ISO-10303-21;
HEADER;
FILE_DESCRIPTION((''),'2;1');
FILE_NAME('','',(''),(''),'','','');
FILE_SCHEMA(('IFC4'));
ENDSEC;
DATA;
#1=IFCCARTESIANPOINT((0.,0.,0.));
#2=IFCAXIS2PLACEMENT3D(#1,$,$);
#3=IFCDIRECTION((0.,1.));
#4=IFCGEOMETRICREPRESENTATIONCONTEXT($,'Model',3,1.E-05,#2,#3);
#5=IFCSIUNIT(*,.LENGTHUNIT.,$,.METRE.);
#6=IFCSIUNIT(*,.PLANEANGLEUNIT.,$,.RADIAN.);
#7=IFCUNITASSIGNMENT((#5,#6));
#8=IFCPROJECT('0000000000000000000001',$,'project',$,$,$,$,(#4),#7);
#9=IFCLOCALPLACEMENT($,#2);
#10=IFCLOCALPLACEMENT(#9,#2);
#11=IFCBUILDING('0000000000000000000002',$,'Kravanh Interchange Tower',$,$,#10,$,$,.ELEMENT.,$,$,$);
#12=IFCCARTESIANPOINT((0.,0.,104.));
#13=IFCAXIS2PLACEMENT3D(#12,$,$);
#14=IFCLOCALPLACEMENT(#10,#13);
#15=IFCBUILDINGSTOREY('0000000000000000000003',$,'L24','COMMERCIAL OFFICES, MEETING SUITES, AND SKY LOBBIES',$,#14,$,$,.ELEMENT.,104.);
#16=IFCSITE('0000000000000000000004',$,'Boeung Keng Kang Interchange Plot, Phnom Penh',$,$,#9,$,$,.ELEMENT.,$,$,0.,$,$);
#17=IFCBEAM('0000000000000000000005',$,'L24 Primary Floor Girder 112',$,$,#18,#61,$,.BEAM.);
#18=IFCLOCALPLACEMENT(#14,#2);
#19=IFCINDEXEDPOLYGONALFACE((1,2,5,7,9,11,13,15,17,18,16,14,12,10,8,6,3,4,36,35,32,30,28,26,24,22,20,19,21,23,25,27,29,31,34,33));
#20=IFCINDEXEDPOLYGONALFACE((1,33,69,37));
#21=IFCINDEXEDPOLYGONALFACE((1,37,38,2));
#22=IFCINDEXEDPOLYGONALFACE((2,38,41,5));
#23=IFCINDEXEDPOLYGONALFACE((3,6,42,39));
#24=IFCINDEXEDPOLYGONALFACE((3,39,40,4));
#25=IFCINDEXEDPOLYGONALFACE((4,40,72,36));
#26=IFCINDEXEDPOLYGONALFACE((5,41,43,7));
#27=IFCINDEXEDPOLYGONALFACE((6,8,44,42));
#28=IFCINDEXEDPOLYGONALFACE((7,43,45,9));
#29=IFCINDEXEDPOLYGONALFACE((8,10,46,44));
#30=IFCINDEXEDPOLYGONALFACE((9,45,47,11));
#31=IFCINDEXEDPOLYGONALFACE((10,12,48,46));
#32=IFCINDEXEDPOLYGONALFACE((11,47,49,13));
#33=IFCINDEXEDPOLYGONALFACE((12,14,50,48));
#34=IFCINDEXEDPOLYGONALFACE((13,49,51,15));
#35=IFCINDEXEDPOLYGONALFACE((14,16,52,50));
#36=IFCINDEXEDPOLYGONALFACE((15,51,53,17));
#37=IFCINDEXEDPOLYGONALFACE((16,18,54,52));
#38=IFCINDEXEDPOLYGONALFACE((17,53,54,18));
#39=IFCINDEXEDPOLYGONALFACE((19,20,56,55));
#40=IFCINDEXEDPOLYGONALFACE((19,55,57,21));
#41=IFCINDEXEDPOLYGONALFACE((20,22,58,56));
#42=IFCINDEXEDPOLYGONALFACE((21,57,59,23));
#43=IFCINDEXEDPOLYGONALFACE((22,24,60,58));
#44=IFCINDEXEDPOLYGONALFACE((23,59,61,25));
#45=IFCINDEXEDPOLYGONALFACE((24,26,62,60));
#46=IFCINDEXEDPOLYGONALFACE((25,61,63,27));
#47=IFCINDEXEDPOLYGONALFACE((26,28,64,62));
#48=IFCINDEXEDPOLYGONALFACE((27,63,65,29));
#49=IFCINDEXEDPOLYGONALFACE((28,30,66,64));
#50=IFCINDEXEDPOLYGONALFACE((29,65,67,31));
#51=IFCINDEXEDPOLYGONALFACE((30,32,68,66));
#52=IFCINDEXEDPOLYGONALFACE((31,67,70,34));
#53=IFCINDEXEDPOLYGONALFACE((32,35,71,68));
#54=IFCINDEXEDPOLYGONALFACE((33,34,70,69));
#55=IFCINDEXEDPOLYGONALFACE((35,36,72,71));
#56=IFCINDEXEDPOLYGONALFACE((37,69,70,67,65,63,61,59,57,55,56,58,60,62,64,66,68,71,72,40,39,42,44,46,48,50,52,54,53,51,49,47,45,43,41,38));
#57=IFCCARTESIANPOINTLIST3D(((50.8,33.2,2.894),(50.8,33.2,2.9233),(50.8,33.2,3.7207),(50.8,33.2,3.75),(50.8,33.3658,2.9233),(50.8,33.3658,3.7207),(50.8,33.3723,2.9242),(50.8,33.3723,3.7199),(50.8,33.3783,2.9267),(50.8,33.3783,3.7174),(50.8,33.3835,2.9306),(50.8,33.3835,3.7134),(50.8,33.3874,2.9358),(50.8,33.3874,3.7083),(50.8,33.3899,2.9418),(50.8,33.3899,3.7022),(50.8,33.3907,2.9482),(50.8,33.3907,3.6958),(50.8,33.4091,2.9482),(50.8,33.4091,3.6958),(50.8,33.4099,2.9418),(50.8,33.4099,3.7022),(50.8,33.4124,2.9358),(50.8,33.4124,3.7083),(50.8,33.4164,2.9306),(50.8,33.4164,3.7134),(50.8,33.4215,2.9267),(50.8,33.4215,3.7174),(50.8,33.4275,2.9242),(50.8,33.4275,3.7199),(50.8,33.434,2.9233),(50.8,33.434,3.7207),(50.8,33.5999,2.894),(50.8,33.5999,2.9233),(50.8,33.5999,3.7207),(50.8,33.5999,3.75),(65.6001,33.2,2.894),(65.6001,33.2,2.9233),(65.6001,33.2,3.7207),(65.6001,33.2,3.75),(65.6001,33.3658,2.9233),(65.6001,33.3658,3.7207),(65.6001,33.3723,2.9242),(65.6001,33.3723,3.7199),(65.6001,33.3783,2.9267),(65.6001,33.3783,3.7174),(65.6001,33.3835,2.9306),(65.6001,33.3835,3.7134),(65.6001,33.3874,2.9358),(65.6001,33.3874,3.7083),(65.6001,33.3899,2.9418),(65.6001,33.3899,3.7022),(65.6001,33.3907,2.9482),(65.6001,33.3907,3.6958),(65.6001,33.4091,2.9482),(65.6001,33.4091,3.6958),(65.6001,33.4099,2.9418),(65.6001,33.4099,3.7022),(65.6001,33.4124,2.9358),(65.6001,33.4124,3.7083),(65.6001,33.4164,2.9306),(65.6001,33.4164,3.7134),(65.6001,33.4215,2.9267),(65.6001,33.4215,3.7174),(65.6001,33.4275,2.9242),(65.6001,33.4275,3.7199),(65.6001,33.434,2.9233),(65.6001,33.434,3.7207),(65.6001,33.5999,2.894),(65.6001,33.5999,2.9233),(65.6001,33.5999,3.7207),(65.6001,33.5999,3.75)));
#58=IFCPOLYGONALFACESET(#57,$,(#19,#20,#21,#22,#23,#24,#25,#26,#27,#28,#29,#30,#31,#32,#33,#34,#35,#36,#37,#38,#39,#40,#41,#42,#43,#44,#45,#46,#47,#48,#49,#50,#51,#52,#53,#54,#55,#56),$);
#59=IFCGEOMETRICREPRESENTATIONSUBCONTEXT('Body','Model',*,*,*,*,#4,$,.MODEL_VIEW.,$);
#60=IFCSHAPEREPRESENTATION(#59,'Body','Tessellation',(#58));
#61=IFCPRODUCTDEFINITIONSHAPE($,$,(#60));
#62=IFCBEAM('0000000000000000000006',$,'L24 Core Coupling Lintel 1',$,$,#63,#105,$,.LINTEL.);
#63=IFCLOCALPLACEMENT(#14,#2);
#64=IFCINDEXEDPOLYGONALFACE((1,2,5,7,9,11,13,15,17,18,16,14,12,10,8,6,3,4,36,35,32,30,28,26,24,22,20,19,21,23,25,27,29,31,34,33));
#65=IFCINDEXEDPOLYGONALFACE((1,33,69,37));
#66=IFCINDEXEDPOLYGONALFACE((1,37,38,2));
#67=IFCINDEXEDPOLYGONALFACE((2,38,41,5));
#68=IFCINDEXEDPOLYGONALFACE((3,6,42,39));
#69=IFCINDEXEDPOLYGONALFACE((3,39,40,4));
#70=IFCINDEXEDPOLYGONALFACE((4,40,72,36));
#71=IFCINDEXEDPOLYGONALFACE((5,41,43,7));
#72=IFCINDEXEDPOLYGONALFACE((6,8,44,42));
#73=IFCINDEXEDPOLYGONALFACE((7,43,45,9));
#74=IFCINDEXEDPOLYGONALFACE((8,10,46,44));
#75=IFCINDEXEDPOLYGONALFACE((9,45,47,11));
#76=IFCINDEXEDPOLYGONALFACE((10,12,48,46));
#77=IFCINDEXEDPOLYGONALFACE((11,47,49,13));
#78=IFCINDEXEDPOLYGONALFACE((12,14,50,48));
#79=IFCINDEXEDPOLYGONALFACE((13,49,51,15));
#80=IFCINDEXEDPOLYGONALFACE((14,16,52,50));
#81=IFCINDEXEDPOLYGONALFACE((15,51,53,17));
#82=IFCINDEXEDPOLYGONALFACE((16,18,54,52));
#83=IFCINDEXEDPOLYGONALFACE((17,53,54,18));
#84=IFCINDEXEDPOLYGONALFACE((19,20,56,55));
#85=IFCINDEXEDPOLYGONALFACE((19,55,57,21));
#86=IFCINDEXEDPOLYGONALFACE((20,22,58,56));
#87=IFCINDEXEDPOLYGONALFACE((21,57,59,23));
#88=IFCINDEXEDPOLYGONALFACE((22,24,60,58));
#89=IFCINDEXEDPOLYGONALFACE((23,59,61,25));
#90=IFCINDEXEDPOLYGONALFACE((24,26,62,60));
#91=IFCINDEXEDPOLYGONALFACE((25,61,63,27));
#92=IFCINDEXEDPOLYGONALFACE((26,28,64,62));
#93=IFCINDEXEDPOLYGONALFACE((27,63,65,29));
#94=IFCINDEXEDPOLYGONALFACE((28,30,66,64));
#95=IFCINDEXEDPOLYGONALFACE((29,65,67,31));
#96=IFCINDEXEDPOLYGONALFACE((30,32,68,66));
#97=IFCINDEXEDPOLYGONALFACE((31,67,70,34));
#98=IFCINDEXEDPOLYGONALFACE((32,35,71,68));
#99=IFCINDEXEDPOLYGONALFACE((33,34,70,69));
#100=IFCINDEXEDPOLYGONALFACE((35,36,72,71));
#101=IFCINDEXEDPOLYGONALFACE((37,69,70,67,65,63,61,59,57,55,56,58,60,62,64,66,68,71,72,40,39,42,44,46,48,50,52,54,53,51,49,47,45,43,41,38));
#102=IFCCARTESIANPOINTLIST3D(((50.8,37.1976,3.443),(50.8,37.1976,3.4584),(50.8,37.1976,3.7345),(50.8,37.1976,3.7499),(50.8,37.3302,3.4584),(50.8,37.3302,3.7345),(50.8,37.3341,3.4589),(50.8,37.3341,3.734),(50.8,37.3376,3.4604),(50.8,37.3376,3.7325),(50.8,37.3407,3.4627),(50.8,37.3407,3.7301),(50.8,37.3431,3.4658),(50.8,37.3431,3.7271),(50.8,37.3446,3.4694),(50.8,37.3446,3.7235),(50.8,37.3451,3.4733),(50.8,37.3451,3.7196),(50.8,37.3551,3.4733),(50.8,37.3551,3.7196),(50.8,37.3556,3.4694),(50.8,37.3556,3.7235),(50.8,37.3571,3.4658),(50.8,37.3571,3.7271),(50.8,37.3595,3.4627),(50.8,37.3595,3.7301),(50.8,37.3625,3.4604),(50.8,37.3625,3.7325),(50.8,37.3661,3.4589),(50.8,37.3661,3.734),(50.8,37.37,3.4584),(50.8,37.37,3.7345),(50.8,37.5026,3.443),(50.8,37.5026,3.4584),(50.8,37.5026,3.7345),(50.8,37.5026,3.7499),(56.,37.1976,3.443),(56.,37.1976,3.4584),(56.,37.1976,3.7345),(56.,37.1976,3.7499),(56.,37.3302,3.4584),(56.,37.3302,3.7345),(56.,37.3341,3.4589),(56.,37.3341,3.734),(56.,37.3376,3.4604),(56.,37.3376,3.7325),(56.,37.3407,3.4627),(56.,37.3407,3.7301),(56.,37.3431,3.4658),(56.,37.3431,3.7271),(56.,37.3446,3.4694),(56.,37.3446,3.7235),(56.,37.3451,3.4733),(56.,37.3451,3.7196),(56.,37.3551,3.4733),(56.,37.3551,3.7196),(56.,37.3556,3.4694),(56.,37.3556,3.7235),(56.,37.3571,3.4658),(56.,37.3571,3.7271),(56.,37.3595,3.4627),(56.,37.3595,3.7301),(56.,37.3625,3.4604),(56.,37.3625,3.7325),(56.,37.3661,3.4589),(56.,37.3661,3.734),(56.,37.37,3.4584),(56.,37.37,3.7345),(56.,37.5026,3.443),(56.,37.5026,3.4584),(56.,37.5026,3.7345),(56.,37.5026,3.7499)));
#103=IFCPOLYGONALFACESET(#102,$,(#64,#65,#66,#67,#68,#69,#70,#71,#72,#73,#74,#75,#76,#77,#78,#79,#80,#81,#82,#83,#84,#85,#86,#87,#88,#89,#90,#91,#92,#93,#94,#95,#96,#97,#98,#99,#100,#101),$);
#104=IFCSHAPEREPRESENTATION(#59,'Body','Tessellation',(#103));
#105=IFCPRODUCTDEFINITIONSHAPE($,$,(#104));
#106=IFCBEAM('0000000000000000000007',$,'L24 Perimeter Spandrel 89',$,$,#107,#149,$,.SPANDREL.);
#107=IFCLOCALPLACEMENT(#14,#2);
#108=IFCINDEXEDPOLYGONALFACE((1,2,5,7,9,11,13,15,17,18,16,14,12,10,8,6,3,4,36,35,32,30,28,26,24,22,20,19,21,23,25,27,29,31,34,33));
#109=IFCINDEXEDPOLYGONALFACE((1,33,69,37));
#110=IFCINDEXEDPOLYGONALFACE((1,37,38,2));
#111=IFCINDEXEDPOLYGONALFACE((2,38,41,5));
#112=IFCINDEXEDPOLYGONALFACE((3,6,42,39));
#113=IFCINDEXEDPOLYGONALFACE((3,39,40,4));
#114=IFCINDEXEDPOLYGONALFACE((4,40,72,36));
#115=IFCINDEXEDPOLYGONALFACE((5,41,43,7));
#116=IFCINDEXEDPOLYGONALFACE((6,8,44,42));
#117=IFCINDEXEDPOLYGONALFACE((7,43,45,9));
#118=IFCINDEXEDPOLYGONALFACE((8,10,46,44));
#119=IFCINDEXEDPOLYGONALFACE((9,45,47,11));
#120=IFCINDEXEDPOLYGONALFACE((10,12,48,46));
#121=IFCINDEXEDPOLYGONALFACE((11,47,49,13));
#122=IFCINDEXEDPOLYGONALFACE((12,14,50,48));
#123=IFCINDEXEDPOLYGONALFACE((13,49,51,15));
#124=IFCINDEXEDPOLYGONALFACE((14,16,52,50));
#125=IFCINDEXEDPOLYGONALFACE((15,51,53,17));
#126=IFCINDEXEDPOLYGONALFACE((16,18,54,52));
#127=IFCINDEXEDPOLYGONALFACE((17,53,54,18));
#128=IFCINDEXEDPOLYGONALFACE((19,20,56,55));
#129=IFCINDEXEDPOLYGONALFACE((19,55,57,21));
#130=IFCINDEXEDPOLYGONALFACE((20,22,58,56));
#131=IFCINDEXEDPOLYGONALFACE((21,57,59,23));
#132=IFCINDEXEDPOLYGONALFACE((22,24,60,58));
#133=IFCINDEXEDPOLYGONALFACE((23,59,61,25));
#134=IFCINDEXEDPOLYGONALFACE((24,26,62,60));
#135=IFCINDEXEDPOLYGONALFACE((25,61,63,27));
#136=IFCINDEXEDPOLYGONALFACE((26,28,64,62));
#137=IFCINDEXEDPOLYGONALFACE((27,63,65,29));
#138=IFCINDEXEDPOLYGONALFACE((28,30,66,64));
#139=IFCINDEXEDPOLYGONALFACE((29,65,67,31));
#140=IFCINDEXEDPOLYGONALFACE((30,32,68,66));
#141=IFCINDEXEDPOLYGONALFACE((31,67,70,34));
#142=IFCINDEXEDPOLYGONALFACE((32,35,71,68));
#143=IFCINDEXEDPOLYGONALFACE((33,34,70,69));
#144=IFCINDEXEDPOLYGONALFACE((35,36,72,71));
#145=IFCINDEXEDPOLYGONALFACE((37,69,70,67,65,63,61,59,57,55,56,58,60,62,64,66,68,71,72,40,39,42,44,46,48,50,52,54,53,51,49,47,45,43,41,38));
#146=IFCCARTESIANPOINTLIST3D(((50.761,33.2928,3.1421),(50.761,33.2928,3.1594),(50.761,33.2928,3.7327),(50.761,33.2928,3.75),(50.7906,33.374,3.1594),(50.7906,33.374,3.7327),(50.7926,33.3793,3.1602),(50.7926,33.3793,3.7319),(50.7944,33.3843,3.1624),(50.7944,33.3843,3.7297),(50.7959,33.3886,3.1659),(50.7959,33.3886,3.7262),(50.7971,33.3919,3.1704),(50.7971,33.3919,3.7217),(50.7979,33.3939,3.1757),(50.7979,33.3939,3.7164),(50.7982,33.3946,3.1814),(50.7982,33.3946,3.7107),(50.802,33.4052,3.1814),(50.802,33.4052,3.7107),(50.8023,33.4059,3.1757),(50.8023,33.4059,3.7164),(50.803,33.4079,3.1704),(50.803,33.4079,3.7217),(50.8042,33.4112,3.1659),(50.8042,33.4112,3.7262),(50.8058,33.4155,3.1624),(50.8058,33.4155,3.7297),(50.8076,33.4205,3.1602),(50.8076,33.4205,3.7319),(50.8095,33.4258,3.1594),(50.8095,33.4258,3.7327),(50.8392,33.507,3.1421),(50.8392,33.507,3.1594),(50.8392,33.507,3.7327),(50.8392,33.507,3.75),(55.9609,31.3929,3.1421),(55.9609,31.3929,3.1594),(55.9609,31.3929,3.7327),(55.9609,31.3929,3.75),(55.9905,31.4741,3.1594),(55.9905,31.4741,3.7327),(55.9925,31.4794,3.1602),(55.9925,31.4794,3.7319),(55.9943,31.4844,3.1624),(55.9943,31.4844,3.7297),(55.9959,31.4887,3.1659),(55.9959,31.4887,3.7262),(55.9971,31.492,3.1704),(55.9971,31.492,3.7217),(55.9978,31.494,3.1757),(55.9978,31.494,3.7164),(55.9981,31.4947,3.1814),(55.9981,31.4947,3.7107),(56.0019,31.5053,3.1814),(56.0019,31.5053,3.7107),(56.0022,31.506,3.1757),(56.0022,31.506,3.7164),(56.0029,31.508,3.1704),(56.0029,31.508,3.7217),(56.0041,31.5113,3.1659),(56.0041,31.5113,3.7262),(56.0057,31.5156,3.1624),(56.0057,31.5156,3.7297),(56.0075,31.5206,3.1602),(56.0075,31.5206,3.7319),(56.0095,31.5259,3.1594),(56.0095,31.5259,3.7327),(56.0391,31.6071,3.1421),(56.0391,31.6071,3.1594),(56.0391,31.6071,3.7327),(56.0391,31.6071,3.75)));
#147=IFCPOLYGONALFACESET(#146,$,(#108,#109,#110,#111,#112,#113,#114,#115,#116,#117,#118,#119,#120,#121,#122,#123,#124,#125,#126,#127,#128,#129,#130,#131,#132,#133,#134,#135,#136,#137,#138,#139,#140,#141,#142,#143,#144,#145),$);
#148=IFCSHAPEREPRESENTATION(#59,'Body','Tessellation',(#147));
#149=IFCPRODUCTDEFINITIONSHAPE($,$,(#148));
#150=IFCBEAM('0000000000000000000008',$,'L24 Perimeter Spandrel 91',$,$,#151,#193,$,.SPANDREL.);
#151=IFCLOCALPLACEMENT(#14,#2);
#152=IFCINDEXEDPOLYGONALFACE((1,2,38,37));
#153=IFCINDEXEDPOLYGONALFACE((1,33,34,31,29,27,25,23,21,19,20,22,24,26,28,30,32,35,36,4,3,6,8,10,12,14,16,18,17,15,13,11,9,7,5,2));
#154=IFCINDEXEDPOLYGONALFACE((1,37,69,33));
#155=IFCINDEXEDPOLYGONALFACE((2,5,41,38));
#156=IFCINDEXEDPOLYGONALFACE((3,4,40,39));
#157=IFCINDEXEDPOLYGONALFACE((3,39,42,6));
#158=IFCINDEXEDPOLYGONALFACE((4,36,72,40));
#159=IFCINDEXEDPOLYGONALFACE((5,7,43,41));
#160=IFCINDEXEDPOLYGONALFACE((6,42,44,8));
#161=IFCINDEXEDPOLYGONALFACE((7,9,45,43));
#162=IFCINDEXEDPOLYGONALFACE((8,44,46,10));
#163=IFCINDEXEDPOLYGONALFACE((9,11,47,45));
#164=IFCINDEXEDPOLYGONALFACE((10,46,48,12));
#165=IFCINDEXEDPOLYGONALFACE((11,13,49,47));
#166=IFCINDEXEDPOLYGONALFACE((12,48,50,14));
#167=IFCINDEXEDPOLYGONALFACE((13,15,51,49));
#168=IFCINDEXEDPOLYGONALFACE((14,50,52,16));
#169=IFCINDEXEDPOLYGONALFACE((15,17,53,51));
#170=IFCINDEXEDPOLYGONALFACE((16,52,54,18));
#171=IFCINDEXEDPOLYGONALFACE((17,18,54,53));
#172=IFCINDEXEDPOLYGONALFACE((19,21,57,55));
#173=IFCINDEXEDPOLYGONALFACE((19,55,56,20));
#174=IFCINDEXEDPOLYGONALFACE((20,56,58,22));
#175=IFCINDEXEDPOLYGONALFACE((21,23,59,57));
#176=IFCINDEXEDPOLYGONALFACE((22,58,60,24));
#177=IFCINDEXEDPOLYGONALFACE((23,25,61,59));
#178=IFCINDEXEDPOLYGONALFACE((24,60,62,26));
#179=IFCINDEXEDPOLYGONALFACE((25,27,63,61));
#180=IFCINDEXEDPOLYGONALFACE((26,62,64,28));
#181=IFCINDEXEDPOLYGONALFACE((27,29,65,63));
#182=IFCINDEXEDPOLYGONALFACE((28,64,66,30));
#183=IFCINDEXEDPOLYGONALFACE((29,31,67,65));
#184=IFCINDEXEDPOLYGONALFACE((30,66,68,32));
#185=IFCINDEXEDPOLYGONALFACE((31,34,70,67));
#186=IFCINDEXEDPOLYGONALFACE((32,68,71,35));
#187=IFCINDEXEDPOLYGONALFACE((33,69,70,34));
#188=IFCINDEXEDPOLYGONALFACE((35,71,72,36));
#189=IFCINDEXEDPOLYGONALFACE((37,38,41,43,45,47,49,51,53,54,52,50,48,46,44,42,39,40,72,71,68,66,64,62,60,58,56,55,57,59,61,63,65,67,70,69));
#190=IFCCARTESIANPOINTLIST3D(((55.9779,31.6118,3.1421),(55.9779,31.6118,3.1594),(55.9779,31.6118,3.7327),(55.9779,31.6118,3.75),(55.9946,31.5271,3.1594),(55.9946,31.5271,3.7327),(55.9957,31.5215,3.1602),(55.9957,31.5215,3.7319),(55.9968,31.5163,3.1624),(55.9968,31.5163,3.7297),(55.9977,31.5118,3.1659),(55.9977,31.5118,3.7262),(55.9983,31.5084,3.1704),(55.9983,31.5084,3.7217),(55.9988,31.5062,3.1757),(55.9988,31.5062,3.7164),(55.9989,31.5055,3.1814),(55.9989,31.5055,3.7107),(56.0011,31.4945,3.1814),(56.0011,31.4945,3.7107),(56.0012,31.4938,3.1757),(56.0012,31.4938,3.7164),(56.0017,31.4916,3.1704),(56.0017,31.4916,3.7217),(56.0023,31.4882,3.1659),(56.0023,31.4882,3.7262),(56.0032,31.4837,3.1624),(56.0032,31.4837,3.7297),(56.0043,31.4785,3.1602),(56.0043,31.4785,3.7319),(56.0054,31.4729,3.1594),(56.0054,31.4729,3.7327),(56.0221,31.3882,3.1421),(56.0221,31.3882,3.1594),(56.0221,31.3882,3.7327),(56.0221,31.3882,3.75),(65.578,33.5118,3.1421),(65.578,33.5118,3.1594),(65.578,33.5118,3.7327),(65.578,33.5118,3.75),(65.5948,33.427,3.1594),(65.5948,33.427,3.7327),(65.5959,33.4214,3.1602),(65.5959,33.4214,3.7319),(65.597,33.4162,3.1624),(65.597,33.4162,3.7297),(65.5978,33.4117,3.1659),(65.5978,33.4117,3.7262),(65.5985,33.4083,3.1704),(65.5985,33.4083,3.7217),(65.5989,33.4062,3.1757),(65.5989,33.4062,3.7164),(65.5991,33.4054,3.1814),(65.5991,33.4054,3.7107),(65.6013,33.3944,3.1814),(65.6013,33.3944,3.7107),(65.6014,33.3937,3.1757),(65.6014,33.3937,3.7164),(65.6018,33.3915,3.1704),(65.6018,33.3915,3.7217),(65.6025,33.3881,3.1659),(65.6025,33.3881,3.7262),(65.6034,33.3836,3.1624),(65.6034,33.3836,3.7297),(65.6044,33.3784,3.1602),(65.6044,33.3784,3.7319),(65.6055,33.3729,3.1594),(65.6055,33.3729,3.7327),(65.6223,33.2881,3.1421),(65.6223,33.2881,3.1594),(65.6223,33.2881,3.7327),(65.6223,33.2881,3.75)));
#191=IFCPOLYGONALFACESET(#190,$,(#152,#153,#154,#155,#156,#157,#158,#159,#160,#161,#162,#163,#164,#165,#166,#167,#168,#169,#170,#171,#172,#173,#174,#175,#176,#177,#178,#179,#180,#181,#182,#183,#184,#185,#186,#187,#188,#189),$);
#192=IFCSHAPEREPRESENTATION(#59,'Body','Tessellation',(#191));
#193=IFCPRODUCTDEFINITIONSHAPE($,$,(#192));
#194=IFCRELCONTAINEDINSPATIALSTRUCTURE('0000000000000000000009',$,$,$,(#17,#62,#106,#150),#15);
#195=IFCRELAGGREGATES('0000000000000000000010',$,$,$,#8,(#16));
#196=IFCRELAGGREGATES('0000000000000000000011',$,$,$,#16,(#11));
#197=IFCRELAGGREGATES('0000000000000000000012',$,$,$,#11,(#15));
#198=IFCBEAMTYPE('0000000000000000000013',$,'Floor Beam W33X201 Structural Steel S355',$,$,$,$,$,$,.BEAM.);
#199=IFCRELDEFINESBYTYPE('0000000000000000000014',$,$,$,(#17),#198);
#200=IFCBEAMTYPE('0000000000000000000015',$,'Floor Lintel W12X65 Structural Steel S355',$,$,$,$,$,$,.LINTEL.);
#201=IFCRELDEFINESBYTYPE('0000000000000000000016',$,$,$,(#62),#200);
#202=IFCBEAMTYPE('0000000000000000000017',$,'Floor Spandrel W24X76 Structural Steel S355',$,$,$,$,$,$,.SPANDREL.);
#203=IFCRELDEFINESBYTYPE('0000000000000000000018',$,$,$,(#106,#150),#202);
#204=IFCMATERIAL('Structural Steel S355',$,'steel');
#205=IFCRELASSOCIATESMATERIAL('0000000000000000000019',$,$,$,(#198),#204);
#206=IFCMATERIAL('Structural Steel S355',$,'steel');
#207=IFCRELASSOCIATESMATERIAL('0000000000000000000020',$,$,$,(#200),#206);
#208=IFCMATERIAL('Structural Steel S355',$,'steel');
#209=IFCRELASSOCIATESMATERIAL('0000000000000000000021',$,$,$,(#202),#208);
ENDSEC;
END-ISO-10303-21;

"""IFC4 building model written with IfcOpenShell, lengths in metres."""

from ifc_helpers import new_model, si_unit, direction, frame, origin, origin_2d, place, context, subcontext, project, spatial, i_section, extrude, material, material_profile, profile_set, type_object, element, save


model = new_model("IFC4")

# Units and contexts
model_context = context("Model", 3, precision=1e-05, world=origin(), true_north=direction((0.0, 1.0)))
body_context = subcontext(model_context, "Body", "Model", "MODEL_VIEW")
ifc_project = project(units=[si_unit("LENGTHUNIT", "METRE"), si_unit("PLANEANGLEUNIT", "RADIAN")], contexts=[model_context])

# Site, building, storey
site_placement = place(None, origin())
site = spatial("IfcSite", under=ifc_project, at=site_placement, Name="Boeung Keng Kang Interchange Plot, Phnom Penh", CompositionType="ELEMENT", RefElevation=0.0)
building_placement = place(site_placement, origin())
building = spatial("IfcBuilding", under=site, at=building_placement, Name="Kravanh Interchange Tower", CompositionType="ELEMENT")
storey_placement = place(building_placement, frame((0.0, 0.0, 104.0)))
storey = spatial("IfcBuildingStorey", under=building, at=storey_placement, Name="L24", Description="COMMERCIAL OFFICES, MEETING SUITES, AND SKY LOBBIES", CompositionType="ELEMENT", Elevation=104.0)

# Beams
ifc_material_1 = material(Name="Structural Steel S355", Category="steel")
ifc_material_profile_1 = material_profile(ifc_material_1, i_section(OverallWidth=0.3999, OverallDepth=0.856, WebThickness=0.0183, FlangeThickness=0.0293, FilletRadius=0.0249, at=origin_2d()), Name="W33X201")
ifc_profile_set_1 = profile_set([ifc_material_profile_1], Name="Structural Steel S355")
beam_type_1 = type_object("IfcBeamType", Name="Floor Beam W33X201 Structural Steel S355", PredefinedType="BEAM", material=ifc_profile_set_1)
beam_1_placement = place(storey_placement, frame((50.8, 33.3999, 3.322), z_axis=(1.0, 0.0, 0.0), x_axis=(0.0, 1.0, 0.0)))
element("IfcBeam", 1, at=beam_1_placement, inside=storey, type_object=beam_type_1, Name="L24 Primary Floor Girder 112", PredefinedType="BEAM", context=body_context, shape_type="SweptSolid", body=[
    extrude(i_section(OverallWidth=0.3999, OverallDepth=0.856, WebThickness=0.0183, FlangeThickness=0.0293, FilletRadius=0.0249, at=origin_2d()), origin(), (0.0, 0.0, 1.0), 14.8),
])
ifc_material_2 = material(Name="Structural Steel S355", Category="steel")
ifc_material_profile_2 = material_profile(ifc_material_2, i_section(OverallWidth=0.3049, OverallDepth=0.3069, WebThickness=0.01, FlangeThickness=0.0154, FilletRadius=0.0149, at=origin_2d()), Name="W12X65")
ifc_profile_set_2 = profile_set([ifc_material_profile_2], Name="Structural Steel S355")
beam_type_2 = type_object("IfcBeamType", Name="Floor Lintel W12X65 Structural Steel S355", PredefinedType="LINTEL", material=ifc_profile_set_2)
beam_2_placement = place(storey_placement, frame((50.8, 37.3501, 3.5964), z_axis=(1.0, 0.0, 0.0), x_axis=(0.0, 1.0, 0.0)))
element("IfcBeam", 2, at=beam_2_placement, inside=storey, type_object=beam_type_2, Name="L24 Core Coupling Lintel 1", PredefinedType="LINTEL", context=body_context, shape_type="SweptSolid", body=[
    extrude(i_section(OverallWidth=0.3049, OverallDepth=0.3069, WebThickness=0.01, FlangeThickness=0.0154, FilletRadius=0.0149, at=origin_2d()), origin(), (0.0, 0.0, 1.0), 5.2),
])
ifc_material_3 = material(Name="Structural Steel S355", Category="steel")
ifc_material_profile_3 = material_profile(ifc_material_3, i_section(OverallWidth=0.228, OverallDepth=0.6079, WebThickness=0.0112, FlangeThickness=0.0173, FilletRadius=0.022, at=origin_2d()), Name="W24X76")
ifc_profile_set_3 = profile_set([ifc_material_profile_3], Name="Structural Steel S355")
beam_type_3 = type_object("IfcBeamType", Name="Floor Spandrel W24X76 Structural Steel S355", PredefinedType="SPANDREL", material=ifc_profile_set_3)
beam_3_placement = place(storey_placement, frame((56.0, 31.5, 3.446), z_axis=(-0.93927, 0.34318, 0.0), x_axis=(-0.34318, -0.93927, 0.0)))
element("IfcBeam", 3, at=beam_3_placement, inside=storey, type_object=beam_type_3, Name="L24 Perimeter Spandrel 89", PredefinedType="SPANDREL", context=body_context, shape_type="SweptSolid", body=[
    extrude(i_section(OverallWidth=0.228, OverallDepth=0.6079, WebThickness=0.0112, FlangeThickness=0.0173, FilletRadius=0.022, at=origin_2d()), origin(), (0.0, 0.0, 1.0), 5.5361),
])
beam_4_placement = place(storey_placement, frame((56.0, 31.5, 3.446), z_axis=(0.980974, 0.194139, 0.0), x_axis=(-0.194139, 0.980974, 0.0)))
element("IfcBeam", 4, at=beam_4_placement, inside=storey, type_object=beam_type_3, Name="L24 Perimeter Spandrel 91", PredefinedType="SPANDREL", context=body_context, shape_type="SweptSolid", body=[
    extrude(i_section(OverallWidth=0.228, OverallDepth=0.6079, WebThickness=0.0112, FlangeThickness=0.0173, FilletRadius=0.022, at=origin_2d()), origin(), (0.0, 0.0, 1.0), 9.7864),
])

save(model, "model.ifc")
